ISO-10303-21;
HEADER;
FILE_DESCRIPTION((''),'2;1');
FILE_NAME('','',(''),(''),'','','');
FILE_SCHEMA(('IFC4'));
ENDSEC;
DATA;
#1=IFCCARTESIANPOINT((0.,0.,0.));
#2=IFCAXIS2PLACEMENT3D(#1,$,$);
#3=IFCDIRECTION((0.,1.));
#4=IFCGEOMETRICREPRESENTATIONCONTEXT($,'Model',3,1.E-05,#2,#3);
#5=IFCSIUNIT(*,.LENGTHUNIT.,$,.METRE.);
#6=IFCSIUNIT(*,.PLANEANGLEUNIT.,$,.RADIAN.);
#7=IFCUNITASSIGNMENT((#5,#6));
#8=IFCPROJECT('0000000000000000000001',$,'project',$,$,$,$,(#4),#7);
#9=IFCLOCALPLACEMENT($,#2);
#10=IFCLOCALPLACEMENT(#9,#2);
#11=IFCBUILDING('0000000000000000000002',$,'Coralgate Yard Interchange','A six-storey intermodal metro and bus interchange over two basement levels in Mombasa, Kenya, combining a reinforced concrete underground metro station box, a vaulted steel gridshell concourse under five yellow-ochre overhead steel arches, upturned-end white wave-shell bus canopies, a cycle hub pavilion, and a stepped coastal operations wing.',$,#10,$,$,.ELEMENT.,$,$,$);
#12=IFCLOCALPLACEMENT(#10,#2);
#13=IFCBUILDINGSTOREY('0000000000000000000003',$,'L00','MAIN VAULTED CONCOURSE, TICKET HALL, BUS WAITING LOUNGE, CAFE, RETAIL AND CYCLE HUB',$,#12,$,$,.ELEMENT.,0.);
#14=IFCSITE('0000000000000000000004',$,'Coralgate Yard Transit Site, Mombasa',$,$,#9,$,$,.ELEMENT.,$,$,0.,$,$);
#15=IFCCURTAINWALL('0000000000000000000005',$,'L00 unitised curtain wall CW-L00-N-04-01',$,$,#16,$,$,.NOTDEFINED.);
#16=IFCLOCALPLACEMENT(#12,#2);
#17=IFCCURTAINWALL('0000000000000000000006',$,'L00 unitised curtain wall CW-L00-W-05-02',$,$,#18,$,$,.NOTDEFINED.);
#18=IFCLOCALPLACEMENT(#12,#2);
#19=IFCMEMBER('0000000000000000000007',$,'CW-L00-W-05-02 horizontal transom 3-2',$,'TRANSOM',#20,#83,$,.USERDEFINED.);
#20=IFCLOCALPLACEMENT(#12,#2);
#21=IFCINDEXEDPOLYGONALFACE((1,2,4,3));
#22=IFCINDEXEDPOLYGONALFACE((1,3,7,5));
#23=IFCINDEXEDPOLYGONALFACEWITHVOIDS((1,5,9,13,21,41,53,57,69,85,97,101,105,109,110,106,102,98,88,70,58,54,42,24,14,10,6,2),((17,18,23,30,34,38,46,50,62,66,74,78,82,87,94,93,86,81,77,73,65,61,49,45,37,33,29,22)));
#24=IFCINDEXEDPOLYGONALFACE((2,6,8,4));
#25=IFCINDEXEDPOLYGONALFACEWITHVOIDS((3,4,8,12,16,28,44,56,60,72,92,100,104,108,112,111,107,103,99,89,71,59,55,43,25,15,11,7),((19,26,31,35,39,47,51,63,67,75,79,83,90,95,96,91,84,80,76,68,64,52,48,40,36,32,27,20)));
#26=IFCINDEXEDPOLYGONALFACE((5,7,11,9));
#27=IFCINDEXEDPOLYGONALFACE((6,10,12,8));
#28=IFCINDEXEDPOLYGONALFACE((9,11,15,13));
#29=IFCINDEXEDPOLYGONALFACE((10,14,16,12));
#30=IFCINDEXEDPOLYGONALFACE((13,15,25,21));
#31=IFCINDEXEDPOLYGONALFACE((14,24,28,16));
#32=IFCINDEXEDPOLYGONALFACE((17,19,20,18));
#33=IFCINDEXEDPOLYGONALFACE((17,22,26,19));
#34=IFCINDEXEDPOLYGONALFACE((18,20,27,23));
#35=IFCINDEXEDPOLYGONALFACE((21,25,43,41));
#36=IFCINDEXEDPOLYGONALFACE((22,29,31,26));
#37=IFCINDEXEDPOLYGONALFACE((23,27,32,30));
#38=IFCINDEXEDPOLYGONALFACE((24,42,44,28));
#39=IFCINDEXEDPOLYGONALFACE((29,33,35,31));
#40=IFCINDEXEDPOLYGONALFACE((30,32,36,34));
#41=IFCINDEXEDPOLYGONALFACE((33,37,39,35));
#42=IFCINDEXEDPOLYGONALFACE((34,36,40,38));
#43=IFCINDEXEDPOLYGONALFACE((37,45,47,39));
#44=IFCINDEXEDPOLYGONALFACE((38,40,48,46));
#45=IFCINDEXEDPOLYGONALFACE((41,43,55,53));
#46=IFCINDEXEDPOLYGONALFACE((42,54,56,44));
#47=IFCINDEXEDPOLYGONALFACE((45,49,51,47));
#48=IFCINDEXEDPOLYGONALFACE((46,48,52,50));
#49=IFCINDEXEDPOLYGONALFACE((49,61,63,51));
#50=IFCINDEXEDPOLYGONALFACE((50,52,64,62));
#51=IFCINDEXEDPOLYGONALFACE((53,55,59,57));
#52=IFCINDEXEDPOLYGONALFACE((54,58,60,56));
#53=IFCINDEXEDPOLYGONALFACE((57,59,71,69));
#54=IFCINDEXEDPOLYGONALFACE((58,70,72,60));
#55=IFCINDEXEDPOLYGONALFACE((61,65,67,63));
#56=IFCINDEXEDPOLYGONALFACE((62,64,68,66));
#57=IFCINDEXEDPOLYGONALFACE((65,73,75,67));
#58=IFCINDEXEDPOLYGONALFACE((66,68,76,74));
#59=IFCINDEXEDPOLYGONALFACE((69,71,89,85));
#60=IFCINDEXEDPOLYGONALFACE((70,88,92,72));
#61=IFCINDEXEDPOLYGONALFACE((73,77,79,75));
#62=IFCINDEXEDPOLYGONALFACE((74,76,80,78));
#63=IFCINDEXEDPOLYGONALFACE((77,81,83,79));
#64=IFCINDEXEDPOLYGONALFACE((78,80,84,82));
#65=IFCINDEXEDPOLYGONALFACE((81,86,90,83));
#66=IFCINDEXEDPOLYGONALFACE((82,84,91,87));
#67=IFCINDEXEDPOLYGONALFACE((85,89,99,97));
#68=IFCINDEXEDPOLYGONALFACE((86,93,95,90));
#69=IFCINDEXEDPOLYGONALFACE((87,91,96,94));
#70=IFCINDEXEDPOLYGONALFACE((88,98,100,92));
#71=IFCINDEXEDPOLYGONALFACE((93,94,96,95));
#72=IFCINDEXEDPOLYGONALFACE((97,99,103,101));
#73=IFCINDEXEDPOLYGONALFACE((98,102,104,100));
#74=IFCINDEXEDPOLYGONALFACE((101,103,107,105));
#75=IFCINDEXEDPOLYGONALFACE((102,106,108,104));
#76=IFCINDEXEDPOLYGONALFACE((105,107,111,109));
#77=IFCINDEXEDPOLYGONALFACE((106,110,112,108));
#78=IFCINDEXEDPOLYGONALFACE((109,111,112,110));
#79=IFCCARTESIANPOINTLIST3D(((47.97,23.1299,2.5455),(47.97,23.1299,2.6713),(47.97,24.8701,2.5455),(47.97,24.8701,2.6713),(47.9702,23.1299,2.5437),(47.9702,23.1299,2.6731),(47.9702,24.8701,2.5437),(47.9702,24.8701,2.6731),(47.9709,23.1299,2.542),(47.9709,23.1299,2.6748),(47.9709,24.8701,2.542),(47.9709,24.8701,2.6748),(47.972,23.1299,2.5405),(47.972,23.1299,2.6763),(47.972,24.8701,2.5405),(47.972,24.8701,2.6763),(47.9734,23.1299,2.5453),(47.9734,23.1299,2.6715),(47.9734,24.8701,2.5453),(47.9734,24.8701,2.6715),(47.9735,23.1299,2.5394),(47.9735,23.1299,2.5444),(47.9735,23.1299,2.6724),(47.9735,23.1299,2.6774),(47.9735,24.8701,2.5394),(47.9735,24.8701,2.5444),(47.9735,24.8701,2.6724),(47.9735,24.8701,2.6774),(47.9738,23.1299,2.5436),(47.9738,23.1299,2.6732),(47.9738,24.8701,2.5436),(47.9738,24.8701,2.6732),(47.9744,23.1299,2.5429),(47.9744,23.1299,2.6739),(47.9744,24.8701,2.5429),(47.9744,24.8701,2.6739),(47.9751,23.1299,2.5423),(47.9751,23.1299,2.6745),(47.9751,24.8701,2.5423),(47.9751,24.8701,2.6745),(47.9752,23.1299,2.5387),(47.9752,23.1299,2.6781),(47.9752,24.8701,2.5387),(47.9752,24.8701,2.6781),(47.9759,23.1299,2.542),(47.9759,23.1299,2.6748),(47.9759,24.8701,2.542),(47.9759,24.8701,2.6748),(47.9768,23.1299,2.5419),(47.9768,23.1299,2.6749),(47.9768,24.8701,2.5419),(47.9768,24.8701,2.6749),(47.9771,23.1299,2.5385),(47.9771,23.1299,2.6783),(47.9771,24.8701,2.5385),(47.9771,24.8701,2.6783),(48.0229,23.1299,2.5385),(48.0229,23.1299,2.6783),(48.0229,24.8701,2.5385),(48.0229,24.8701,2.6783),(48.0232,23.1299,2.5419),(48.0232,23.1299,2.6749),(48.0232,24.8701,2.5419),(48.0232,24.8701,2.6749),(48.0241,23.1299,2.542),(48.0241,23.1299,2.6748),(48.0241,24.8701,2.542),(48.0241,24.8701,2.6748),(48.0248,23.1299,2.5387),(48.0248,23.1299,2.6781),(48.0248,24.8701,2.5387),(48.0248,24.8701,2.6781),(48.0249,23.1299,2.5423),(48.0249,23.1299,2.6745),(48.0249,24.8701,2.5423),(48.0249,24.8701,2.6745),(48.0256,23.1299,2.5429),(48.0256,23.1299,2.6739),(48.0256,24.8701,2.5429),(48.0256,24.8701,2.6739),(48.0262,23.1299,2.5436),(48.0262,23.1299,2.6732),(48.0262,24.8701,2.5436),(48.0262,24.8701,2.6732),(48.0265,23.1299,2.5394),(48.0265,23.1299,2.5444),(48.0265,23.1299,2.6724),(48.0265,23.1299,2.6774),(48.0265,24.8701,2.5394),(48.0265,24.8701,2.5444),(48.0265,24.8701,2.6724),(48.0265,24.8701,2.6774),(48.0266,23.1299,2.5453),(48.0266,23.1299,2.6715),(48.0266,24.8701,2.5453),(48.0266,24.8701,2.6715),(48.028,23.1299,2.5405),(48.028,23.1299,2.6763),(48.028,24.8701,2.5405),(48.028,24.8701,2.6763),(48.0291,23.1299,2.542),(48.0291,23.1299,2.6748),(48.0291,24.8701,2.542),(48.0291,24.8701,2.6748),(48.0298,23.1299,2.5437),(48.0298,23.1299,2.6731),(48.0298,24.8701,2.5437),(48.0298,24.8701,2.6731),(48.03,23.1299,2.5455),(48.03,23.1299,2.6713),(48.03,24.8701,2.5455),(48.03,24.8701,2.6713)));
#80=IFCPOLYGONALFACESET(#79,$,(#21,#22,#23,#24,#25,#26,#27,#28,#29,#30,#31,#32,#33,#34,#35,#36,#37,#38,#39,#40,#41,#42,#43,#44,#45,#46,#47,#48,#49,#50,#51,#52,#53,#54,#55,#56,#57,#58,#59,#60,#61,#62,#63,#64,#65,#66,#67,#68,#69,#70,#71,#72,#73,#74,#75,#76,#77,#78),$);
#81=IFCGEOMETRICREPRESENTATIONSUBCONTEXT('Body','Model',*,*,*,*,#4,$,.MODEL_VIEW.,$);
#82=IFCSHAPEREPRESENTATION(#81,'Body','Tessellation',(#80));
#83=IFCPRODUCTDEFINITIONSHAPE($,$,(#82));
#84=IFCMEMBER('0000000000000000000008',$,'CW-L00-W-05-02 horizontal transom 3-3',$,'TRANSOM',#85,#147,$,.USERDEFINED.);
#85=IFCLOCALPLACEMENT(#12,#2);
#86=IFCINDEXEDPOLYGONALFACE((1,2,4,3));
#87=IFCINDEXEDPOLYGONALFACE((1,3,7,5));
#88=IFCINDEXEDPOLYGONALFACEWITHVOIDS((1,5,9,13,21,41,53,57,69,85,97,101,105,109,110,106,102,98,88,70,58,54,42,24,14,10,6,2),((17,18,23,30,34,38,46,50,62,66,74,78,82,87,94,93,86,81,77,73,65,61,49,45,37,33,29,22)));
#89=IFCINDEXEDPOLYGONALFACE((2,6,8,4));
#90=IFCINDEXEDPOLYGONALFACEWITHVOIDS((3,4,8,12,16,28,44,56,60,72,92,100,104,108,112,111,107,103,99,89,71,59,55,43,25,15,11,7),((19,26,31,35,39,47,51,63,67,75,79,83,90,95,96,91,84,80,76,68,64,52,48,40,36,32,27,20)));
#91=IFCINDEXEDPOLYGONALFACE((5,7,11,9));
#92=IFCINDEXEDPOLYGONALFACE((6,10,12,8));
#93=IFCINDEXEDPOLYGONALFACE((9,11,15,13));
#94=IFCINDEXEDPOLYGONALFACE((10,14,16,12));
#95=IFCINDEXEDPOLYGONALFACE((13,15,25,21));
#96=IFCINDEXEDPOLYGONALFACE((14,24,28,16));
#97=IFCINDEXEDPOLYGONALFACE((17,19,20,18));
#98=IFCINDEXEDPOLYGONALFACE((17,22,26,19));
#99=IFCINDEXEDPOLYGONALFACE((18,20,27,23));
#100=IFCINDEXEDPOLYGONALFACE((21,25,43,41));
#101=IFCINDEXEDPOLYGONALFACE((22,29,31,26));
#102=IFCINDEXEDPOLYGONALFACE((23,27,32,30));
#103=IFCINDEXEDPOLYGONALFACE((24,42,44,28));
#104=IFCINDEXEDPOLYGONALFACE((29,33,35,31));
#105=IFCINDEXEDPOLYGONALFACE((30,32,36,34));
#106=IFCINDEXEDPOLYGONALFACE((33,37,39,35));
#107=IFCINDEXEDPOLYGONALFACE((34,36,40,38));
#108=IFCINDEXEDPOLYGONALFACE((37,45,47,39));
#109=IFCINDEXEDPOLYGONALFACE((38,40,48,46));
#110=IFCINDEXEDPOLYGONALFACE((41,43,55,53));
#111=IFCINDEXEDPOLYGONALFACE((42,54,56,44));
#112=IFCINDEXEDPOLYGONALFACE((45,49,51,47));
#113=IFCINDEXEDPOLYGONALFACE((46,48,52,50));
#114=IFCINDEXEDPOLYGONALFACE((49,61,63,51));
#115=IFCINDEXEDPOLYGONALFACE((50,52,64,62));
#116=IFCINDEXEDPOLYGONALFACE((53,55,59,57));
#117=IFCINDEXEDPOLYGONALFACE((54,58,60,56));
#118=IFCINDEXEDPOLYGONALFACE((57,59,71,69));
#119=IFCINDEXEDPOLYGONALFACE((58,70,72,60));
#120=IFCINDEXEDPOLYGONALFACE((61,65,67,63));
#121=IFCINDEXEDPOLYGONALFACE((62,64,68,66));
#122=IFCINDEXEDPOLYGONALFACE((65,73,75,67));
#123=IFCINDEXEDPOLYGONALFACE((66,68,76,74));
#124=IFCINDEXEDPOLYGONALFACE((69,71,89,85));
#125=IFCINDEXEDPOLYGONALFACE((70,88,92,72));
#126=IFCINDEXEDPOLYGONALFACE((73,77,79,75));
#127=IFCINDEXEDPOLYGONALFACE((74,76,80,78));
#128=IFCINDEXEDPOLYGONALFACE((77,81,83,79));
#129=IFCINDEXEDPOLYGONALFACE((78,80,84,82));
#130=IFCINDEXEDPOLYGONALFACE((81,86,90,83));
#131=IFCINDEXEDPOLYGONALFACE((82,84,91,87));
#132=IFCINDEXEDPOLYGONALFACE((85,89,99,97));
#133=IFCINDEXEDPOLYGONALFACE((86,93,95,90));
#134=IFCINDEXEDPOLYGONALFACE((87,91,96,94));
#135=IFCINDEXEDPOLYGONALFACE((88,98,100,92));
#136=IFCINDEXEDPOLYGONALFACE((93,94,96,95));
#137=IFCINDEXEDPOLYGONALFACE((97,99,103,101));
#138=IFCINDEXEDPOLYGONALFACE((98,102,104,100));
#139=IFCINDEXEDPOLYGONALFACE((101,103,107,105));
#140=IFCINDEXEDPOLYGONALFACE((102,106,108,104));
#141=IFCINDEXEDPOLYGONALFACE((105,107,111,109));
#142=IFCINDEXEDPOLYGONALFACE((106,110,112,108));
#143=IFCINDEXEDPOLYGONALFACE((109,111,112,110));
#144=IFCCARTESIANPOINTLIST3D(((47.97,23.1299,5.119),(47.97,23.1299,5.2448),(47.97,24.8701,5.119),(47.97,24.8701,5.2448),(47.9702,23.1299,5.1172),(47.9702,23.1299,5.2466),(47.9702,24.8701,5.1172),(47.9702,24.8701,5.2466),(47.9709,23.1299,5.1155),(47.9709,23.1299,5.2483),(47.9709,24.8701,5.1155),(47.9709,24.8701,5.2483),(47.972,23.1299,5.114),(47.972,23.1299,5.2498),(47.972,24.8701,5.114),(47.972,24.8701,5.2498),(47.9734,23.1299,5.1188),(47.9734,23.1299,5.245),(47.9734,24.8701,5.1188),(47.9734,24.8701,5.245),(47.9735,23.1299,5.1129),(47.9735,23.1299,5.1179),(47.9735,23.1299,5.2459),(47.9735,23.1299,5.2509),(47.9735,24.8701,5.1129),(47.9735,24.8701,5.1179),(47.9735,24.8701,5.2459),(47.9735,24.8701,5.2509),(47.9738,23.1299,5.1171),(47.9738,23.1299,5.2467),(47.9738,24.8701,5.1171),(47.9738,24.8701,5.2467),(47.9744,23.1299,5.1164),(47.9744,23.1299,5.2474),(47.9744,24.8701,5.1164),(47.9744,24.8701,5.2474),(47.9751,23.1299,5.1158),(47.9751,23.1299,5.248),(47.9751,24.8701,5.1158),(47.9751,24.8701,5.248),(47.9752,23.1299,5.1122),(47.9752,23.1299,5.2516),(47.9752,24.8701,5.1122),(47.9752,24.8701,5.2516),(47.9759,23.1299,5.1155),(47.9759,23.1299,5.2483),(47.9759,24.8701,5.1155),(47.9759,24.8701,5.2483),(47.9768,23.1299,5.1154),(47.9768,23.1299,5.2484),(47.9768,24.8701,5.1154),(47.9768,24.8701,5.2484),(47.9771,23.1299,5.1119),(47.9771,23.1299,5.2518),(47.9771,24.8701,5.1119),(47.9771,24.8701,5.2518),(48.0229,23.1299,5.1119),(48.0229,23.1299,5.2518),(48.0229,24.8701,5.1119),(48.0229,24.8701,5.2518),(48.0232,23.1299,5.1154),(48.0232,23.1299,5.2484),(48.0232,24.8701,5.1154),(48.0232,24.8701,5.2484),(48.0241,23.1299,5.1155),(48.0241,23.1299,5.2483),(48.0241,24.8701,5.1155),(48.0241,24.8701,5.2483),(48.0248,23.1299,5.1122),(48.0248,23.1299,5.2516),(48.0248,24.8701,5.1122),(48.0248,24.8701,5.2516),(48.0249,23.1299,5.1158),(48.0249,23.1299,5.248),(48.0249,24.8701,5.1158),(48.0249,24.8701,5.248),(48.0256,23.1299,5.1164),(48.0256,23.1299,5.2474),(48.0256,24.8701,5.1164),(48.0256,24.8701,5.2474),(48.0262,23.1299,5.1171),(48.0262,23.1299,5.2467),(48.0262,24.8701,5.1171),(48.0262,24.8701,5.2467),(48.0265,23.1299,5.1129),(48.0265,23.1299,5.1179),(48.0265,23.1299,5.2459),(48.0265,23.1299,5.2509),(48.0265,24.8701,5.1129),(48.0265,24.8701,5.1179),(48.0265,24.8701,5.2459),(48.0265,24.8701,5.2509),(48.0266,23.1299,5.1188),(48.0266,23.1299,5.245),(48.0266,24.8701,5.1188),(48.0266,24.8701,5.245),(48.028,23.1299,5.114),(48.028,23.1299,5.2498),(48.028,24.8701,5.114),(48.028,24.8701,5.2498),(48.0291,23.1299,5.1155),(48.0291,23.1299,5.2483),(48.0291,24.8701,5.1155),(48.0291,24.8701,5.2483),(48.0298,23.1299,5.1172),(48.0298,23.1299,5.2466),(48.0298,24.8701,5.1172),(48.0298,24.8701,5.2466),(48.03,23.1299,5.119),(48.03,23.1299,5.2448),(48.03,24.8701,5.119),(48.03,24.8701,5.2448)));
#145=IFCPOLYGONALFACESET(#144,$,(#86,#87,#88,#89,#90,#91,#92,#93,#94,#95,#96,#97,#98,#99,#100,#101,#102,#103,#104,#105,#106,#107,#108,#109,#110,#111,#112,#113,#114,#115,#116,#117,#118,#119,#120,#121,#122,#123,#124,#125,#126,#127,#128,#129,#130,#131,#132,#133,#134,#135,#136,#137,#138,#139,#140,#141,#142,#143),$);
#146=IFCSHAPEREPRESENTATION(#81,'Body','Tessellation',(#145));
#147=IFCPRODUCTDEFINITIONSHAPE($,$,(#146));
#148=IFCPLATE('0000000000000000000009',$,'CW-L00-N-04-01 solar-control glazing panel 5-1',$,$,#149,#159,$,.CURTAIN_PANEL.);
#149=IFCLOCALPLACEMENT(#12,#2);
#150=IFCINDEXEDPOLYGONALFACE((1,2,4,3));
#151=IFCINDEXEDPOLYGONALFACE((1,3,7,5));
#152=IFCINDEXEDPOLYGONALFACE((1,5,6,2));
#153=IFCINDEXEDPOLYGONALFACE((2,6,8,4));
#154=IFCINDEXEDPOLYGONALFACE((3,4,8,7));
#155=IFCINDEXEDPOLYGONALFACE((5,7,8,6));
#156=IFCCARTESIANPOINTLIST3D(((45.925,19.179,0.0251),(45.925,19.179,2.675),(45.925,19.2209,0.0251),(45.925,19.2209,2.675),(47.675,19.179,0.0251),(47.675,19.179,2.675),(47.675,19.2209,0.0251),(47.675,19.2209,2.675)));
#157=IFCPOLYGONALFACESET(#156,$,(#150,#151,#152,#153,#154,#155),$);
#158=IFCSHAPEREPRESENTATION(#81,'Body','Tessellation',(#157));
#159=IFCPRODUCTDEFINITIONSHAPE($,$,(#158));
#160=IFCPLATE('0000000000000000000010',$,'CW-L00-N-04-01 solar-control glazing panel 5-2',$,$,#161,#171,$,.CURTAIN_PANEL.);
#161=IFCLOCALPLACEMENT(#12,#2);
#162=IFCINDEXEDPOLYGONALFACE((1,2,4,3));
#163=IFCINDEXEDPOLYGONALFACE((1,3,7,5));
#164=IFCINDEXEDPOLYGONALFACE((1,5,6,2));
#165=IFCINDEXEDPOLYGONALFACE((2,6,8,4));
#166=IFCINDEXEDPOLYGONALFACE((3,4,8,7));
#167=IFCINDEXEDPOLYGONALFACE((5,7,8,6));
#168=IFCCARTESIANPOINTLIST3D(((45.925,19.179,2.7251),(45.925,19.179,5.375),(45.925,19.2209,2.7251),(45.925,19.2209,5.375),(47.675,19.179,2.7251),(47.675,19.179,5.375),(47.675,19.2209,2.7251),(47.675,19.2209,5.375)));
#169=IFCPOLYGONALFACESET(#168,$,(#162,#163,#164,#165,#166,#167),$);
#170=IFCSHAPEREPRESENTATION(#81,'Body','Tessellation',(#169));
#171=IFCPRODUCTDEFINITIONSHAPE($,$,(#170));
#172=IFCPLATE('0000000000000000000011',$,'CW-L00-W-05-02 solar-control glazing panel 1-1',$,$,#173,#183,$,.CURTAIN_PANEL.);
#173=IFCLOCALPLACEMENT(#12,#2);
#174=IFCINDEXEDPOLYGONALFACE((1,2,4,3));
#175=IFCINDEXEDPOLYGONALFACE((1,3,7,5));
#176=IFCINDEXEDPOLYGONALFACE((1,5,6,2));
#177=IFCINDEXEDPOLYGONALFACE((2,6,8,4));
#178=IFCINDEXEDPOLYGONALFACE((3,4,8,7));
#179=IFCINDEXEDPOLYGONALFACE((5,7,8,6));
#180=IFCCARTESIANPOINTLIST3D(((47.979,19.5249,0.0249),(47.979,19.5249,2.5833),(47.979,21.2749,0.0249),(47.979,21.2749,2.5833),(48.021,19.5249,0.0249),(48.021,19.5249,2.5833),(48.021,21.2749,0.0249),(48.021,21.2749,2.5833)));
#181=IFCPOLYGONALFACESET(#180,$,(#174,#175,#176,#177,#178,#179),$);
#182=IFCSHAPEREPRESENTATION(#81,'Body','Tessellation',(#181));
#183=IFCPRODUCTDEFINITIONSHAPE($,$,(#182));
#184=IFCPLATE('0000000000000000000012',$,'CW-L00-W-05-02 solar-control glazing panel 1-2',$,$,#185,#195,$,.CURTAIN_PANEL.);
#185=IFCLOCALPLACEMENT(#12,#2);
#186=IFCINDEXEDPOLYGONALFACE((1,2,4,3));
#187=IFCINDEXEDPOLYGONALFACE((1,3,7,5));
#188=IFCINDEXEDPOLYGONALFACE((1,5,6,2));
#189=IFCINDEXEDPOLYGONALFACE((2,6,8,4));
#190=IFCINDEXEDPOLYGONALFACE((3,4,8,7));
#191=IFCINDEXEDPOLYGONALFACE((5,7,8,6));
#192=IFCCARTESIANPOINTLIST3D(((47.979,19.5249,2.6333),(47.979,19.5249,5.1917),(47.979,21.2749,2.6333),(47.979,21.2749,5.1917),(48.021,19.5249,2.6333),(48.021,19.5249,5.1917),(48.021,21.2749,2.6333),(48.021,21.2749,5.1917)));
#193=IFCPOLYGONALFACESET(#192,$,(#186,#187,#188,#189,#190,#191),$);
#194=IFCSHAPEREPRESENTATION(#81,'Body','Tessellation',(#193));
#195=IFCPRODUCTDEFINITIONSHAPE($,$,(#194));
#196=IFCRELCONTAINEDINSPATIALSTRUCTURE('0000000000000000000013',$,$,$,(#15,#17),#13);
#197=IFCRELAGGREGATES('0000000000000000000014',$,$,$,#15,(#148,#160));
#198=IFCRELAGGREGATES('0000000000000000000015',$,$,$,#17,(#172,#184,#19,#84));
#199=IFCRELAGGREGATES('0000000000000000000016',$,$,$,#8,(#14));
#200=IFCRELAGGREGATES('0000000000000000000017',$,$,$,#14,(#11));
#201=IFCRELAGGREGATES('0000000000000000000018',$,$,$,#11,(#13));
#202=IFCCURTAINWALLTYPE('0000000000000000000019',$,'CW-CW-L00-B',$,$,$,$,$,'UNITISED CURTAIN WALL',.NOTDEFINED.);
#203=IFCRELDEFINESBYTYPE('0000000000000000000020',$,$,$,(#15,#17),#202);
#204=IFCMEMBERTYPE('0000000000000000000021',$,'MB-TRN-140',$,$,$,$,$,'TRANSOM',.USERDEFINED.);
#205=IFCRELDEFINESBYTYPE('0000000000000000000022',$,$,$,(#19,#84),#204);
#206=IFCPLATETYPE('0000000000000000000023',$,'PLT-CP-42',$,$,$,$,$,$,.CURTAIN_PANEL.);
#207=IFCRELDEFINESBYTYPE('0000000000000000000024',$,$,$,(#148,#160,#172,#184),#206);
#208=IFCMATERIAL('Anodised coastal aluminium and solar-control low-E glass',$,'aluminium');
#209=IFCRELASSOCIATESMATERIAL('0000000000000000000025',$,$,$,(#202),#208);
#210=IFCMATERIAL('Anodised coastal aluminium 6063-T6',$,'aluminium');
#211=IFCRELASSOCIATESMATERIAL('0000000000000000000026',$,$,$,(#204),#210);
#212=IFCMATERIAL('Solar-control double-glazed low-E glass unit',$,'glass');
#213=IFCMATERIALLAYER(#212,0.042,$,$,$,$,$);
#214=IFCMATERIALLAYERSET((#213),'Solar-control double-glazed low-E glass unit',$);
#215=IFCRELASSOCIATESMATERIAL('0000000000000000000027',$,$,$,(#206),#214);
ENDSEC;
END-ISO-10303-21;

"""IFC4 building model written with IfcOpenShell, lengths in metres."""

from ifc_helpers import new_model, si_unit, direction, frame, origin, origin_2d, place, context, subcontext, project, spatial, rectangle, hollow_rectangle, extrude, material, layer, layer_set, material_profile, profile_set, type_object, element, aggregate, save


model = new_model("IFC4")

# Units and contexts
model_context = context("Model", 3, precision=1e-05, world=origin(), true_north=direction((0.0, 1.0)))
body_context = subcontext(model_context, "Body", "Model", "MODEL_VIEW")
ifc_project = project(units=[si_unit("LENGTHUNIT", "METRE"), si_unit("PLANEANGLEUNIT", "RADIAN")], contexts=[model_context])

# Site, building, storey
site_placement = place(None, origin())
site = spatial("IfcSite", under=ifc_project, at=site_placement, Name="Coralgate Yard Transit Site, Mombasa", CompositionType="ELEMENT", RefElevation=0.0)
building_placement = place(site_placement, origin())
building = spatial("IfcBuilding", under=site, at=building_placement, Name="Coralgate Yard Interchange", Description="A six-storey intermodal metro and bus interchange over two basement levels in Mombasa, Kenya, combining a reinforced concrete underground metro station box, a vaulted steel gridshell concourse under five yellow-ochre overhead steel arches, upturned-end white wave-shell bus canopies, a cycle hub pavilion, and a stepped coastal operations wing.", CompositionType="ELEMENT")
storey_placement = place(building_placement, origin())
storey = spatial("IfcBuildingStorey", under=building, at=storey_placement, Name="L00", Description="MAIN VAULTED CONCOURSE, TICKET HALL, BUS WAITING LOUNGE, CAFE, RETAIL AND CYCLE HUB", CompositionType="ELEMENT", Elevation=0.0)

# Curtain wall
ifc_material_1 = material(Name="Anodised coastal aluminium and solar-control low-E glass", Category="aluminium")
curtain_wall_type = type_object("IfcCurtainWallType", Name="CW-CW-L00-B", ElementType="UNITISED CURTAIN WALL", PredefinedType="NOTDEFINED", material=ifc_material_1)
curtain_wall_1_placement = place(storey_placement, origin())
curtain_wall_1 = element("IfcCurtainWall", 1, at=curtain_wall_1_placement, inside=storey, type_object=curtain_wall_type, Name="L00 unitised curtain wall CW-L00-N-04-01", PredefinedType="NOTDEFINED")
ifc_material_2 = material(Name="Anodised coastal aluminium 6063-T6", Category="aluminium")

# Curtain wall
curtain_wall_2_placement = place(storey_placement, origin())
curtain_wall_2 = element("IfcCurtainWall", 2, at=curtain_wall_2_placement, inside=storey, type_object=curtain_wall_type, Name="L00 unitised curtain wall CW-L00-W-05-02", PredefinedType="NOTDEFINED")

# Members
ifc_material_profile_1 = material_profile(ifc_material_2, hollow_rectangle(XDim=0.0601, YDim=0.1399, WallThickness=0.0034, InnerFilletRadius=0.0034, OuterFilletRadius=0.0071, at=origin_2d()), Name="ALU 60x140x3.5")
ifc_profile_set_1 = profile_set([ifc_material_profile_1], Name="Anodised coastal aluminium 6063-T6")
member_type_1 = type_object("IfcMemberType", Name="MB-TRN-140", ElementType="TRANSOM", PredefinedType="USERDEFINED", material=ifc_profile_set_1)
member_1_placement = place(storey_placement, frame((48.0, 23.1299, 2.6084), z_axis=(0.0, 1.0, 0.0), x_axis=(-1.0, 0.0, 0.0)))
member_1 = element("IfcMember", 3, at=member_1_placement, type_object=member_type_1, Name="CW-L00-W-05-02 horizontal transom 3-2", ObjectType="TRANSOM", PredefinedType="USERDEFINED", context=body_context, shape_type="SweptSolid", body=[
    extrude(hollow_rectangle(XDim=0.0601, YDim=0.1399, WallThickness=0.0034, InnerFilletRadius=0.0034, OuterFilletRadius=0.0071, at=origin_2d()), origin(), (0.0, 0.0, 1.0), 1.7402),
])
member_2_placement = place(storey_placement, frame((48.0, 23.1299, 5.1819), z_axis=(0.0, 1.0, 0.0), x_axis=(-1.0, 0.0, 0.0)))
member_2 = element("IfcMember", 4, at=member_2_placement, type_object=member_type_1, Name="CW-L00-W-05-02 horizontal transom 3-3", ObjectType="TRANSOM", PredefinedType="USERDEFINED", context=body_context, shape_type="SweptSolid", body=[
    extrude(hollow_rectangle(XDim=0.0601, YDim=0.1399, WallThickness=0.0034, InnerFilletRadius=0.0034, OuterFilletRadius=0.0071, at=origin_2d()), origin(), (0.0, 0.0, 1.0), 1.7402),
])

# Plates
ifc_material_3 = material(Name="Solar-control double-glazed low-E glass unit", Category="glass")
ifc_layer = layer(ifc_material_3, 0.042)
ifc_layer_set = layer_set([ifc_layer], Name="Solar-control double-glazed low-E glass unit")
plate_type = type_object("IfcPlateType", Name="PLT-CP-42", PredefinedType="CURTAIN_PANEL", material=ifc_layer_set)
plate_1_placement = place(storey_placement, frame((46.8, 19.2, 0.0251), z_axis=(0.0, 0.0, 1.0), x_axis=(1.0, 0.0, 0.0)))
plate_1 = element("IfcPlate", 5, at=plate_1_placement, type_object=plate_type, Name="CW-L00-N-04-01 solar-control glazing panel 5-1", PredefinedType="CURTAIN_PANEL", context=body_context, shape_type="SweptSolid", body=[
    extrude(rectangle(XDim=1.75, YDim=0.042, at=origin_2d()), origin(), (0.0, 0.0, 1.0), 2.6499),
])
plate_2_placement = place(storey_placement, frame((46.8, 19.2, 2.7251), z_axis=(0.0, 0.0, 1.0), x_axis=(1.0, 0.0, 0.0)))
plate_2 = element("IfcPlate", 6, at=plate_2_placement, type_object=plate_type, Name="CW-L00-N-04-01 solar-control glazing panel 5-2", PredefinedType="CURTAIN_PANEL", context=body_context, shape_type="SweptSolid", body=[
    extrude(rectangle(XDim=1.75, YDim=0.042, at=origin_2d()), origin(), (0.0, 0.0, 1.0), 2.6499),
])
aggregate(curtain_wall_1, [plate_1, plate_2])
plate_3_placement = place(storey_placement, frame((48.0, 20.3999, 0.0249), z_axis=(0.0, 0.0, 1.0), x_axis=(0.0, 1.0, 0.0)))
plate_3 = element("IfcPlate", 7, at=plate_3_placement, type_object=plate_type, Name="CW-L00-W-05-02 solar-control glazing panel 1-1", PredefinedType="CURTAIN_PANEL", context=body_context, shape_type="SweptSolid", body=[
    extrude(rectangle(XDim=1.75, YDim=0.042, at=origin_2d()), origin(), (0.0, 0.0, 1.0), 2.5583),
])
plate_4_placement = place(storey_placement, frame((48.0, 20.3999, 2.6333), z_axis=(0.0, 0.0, 1.0), x_axis=(0.0, 1.0, 0.0)))
plate_4 = element("IfcPlate", 8, at=plate_4_placement, type_object=plate_type, Name="CW-L00-W-05-02 solar-control glazing panel 1-2", PredefinedType="CURTAIN_PANEL", context=body_context, shape_type="SweptSolid", body=[
    extrude(rectangle(XDim=1.75, YDim=0.042, at=origin_2d()), origin(), (0.0, 0.0, 1.0), 2.5583),
])
aggregate(curtain_wall_2, [plate_3, plate_4, member_1, member_2])

save(model, "model.ifc")
